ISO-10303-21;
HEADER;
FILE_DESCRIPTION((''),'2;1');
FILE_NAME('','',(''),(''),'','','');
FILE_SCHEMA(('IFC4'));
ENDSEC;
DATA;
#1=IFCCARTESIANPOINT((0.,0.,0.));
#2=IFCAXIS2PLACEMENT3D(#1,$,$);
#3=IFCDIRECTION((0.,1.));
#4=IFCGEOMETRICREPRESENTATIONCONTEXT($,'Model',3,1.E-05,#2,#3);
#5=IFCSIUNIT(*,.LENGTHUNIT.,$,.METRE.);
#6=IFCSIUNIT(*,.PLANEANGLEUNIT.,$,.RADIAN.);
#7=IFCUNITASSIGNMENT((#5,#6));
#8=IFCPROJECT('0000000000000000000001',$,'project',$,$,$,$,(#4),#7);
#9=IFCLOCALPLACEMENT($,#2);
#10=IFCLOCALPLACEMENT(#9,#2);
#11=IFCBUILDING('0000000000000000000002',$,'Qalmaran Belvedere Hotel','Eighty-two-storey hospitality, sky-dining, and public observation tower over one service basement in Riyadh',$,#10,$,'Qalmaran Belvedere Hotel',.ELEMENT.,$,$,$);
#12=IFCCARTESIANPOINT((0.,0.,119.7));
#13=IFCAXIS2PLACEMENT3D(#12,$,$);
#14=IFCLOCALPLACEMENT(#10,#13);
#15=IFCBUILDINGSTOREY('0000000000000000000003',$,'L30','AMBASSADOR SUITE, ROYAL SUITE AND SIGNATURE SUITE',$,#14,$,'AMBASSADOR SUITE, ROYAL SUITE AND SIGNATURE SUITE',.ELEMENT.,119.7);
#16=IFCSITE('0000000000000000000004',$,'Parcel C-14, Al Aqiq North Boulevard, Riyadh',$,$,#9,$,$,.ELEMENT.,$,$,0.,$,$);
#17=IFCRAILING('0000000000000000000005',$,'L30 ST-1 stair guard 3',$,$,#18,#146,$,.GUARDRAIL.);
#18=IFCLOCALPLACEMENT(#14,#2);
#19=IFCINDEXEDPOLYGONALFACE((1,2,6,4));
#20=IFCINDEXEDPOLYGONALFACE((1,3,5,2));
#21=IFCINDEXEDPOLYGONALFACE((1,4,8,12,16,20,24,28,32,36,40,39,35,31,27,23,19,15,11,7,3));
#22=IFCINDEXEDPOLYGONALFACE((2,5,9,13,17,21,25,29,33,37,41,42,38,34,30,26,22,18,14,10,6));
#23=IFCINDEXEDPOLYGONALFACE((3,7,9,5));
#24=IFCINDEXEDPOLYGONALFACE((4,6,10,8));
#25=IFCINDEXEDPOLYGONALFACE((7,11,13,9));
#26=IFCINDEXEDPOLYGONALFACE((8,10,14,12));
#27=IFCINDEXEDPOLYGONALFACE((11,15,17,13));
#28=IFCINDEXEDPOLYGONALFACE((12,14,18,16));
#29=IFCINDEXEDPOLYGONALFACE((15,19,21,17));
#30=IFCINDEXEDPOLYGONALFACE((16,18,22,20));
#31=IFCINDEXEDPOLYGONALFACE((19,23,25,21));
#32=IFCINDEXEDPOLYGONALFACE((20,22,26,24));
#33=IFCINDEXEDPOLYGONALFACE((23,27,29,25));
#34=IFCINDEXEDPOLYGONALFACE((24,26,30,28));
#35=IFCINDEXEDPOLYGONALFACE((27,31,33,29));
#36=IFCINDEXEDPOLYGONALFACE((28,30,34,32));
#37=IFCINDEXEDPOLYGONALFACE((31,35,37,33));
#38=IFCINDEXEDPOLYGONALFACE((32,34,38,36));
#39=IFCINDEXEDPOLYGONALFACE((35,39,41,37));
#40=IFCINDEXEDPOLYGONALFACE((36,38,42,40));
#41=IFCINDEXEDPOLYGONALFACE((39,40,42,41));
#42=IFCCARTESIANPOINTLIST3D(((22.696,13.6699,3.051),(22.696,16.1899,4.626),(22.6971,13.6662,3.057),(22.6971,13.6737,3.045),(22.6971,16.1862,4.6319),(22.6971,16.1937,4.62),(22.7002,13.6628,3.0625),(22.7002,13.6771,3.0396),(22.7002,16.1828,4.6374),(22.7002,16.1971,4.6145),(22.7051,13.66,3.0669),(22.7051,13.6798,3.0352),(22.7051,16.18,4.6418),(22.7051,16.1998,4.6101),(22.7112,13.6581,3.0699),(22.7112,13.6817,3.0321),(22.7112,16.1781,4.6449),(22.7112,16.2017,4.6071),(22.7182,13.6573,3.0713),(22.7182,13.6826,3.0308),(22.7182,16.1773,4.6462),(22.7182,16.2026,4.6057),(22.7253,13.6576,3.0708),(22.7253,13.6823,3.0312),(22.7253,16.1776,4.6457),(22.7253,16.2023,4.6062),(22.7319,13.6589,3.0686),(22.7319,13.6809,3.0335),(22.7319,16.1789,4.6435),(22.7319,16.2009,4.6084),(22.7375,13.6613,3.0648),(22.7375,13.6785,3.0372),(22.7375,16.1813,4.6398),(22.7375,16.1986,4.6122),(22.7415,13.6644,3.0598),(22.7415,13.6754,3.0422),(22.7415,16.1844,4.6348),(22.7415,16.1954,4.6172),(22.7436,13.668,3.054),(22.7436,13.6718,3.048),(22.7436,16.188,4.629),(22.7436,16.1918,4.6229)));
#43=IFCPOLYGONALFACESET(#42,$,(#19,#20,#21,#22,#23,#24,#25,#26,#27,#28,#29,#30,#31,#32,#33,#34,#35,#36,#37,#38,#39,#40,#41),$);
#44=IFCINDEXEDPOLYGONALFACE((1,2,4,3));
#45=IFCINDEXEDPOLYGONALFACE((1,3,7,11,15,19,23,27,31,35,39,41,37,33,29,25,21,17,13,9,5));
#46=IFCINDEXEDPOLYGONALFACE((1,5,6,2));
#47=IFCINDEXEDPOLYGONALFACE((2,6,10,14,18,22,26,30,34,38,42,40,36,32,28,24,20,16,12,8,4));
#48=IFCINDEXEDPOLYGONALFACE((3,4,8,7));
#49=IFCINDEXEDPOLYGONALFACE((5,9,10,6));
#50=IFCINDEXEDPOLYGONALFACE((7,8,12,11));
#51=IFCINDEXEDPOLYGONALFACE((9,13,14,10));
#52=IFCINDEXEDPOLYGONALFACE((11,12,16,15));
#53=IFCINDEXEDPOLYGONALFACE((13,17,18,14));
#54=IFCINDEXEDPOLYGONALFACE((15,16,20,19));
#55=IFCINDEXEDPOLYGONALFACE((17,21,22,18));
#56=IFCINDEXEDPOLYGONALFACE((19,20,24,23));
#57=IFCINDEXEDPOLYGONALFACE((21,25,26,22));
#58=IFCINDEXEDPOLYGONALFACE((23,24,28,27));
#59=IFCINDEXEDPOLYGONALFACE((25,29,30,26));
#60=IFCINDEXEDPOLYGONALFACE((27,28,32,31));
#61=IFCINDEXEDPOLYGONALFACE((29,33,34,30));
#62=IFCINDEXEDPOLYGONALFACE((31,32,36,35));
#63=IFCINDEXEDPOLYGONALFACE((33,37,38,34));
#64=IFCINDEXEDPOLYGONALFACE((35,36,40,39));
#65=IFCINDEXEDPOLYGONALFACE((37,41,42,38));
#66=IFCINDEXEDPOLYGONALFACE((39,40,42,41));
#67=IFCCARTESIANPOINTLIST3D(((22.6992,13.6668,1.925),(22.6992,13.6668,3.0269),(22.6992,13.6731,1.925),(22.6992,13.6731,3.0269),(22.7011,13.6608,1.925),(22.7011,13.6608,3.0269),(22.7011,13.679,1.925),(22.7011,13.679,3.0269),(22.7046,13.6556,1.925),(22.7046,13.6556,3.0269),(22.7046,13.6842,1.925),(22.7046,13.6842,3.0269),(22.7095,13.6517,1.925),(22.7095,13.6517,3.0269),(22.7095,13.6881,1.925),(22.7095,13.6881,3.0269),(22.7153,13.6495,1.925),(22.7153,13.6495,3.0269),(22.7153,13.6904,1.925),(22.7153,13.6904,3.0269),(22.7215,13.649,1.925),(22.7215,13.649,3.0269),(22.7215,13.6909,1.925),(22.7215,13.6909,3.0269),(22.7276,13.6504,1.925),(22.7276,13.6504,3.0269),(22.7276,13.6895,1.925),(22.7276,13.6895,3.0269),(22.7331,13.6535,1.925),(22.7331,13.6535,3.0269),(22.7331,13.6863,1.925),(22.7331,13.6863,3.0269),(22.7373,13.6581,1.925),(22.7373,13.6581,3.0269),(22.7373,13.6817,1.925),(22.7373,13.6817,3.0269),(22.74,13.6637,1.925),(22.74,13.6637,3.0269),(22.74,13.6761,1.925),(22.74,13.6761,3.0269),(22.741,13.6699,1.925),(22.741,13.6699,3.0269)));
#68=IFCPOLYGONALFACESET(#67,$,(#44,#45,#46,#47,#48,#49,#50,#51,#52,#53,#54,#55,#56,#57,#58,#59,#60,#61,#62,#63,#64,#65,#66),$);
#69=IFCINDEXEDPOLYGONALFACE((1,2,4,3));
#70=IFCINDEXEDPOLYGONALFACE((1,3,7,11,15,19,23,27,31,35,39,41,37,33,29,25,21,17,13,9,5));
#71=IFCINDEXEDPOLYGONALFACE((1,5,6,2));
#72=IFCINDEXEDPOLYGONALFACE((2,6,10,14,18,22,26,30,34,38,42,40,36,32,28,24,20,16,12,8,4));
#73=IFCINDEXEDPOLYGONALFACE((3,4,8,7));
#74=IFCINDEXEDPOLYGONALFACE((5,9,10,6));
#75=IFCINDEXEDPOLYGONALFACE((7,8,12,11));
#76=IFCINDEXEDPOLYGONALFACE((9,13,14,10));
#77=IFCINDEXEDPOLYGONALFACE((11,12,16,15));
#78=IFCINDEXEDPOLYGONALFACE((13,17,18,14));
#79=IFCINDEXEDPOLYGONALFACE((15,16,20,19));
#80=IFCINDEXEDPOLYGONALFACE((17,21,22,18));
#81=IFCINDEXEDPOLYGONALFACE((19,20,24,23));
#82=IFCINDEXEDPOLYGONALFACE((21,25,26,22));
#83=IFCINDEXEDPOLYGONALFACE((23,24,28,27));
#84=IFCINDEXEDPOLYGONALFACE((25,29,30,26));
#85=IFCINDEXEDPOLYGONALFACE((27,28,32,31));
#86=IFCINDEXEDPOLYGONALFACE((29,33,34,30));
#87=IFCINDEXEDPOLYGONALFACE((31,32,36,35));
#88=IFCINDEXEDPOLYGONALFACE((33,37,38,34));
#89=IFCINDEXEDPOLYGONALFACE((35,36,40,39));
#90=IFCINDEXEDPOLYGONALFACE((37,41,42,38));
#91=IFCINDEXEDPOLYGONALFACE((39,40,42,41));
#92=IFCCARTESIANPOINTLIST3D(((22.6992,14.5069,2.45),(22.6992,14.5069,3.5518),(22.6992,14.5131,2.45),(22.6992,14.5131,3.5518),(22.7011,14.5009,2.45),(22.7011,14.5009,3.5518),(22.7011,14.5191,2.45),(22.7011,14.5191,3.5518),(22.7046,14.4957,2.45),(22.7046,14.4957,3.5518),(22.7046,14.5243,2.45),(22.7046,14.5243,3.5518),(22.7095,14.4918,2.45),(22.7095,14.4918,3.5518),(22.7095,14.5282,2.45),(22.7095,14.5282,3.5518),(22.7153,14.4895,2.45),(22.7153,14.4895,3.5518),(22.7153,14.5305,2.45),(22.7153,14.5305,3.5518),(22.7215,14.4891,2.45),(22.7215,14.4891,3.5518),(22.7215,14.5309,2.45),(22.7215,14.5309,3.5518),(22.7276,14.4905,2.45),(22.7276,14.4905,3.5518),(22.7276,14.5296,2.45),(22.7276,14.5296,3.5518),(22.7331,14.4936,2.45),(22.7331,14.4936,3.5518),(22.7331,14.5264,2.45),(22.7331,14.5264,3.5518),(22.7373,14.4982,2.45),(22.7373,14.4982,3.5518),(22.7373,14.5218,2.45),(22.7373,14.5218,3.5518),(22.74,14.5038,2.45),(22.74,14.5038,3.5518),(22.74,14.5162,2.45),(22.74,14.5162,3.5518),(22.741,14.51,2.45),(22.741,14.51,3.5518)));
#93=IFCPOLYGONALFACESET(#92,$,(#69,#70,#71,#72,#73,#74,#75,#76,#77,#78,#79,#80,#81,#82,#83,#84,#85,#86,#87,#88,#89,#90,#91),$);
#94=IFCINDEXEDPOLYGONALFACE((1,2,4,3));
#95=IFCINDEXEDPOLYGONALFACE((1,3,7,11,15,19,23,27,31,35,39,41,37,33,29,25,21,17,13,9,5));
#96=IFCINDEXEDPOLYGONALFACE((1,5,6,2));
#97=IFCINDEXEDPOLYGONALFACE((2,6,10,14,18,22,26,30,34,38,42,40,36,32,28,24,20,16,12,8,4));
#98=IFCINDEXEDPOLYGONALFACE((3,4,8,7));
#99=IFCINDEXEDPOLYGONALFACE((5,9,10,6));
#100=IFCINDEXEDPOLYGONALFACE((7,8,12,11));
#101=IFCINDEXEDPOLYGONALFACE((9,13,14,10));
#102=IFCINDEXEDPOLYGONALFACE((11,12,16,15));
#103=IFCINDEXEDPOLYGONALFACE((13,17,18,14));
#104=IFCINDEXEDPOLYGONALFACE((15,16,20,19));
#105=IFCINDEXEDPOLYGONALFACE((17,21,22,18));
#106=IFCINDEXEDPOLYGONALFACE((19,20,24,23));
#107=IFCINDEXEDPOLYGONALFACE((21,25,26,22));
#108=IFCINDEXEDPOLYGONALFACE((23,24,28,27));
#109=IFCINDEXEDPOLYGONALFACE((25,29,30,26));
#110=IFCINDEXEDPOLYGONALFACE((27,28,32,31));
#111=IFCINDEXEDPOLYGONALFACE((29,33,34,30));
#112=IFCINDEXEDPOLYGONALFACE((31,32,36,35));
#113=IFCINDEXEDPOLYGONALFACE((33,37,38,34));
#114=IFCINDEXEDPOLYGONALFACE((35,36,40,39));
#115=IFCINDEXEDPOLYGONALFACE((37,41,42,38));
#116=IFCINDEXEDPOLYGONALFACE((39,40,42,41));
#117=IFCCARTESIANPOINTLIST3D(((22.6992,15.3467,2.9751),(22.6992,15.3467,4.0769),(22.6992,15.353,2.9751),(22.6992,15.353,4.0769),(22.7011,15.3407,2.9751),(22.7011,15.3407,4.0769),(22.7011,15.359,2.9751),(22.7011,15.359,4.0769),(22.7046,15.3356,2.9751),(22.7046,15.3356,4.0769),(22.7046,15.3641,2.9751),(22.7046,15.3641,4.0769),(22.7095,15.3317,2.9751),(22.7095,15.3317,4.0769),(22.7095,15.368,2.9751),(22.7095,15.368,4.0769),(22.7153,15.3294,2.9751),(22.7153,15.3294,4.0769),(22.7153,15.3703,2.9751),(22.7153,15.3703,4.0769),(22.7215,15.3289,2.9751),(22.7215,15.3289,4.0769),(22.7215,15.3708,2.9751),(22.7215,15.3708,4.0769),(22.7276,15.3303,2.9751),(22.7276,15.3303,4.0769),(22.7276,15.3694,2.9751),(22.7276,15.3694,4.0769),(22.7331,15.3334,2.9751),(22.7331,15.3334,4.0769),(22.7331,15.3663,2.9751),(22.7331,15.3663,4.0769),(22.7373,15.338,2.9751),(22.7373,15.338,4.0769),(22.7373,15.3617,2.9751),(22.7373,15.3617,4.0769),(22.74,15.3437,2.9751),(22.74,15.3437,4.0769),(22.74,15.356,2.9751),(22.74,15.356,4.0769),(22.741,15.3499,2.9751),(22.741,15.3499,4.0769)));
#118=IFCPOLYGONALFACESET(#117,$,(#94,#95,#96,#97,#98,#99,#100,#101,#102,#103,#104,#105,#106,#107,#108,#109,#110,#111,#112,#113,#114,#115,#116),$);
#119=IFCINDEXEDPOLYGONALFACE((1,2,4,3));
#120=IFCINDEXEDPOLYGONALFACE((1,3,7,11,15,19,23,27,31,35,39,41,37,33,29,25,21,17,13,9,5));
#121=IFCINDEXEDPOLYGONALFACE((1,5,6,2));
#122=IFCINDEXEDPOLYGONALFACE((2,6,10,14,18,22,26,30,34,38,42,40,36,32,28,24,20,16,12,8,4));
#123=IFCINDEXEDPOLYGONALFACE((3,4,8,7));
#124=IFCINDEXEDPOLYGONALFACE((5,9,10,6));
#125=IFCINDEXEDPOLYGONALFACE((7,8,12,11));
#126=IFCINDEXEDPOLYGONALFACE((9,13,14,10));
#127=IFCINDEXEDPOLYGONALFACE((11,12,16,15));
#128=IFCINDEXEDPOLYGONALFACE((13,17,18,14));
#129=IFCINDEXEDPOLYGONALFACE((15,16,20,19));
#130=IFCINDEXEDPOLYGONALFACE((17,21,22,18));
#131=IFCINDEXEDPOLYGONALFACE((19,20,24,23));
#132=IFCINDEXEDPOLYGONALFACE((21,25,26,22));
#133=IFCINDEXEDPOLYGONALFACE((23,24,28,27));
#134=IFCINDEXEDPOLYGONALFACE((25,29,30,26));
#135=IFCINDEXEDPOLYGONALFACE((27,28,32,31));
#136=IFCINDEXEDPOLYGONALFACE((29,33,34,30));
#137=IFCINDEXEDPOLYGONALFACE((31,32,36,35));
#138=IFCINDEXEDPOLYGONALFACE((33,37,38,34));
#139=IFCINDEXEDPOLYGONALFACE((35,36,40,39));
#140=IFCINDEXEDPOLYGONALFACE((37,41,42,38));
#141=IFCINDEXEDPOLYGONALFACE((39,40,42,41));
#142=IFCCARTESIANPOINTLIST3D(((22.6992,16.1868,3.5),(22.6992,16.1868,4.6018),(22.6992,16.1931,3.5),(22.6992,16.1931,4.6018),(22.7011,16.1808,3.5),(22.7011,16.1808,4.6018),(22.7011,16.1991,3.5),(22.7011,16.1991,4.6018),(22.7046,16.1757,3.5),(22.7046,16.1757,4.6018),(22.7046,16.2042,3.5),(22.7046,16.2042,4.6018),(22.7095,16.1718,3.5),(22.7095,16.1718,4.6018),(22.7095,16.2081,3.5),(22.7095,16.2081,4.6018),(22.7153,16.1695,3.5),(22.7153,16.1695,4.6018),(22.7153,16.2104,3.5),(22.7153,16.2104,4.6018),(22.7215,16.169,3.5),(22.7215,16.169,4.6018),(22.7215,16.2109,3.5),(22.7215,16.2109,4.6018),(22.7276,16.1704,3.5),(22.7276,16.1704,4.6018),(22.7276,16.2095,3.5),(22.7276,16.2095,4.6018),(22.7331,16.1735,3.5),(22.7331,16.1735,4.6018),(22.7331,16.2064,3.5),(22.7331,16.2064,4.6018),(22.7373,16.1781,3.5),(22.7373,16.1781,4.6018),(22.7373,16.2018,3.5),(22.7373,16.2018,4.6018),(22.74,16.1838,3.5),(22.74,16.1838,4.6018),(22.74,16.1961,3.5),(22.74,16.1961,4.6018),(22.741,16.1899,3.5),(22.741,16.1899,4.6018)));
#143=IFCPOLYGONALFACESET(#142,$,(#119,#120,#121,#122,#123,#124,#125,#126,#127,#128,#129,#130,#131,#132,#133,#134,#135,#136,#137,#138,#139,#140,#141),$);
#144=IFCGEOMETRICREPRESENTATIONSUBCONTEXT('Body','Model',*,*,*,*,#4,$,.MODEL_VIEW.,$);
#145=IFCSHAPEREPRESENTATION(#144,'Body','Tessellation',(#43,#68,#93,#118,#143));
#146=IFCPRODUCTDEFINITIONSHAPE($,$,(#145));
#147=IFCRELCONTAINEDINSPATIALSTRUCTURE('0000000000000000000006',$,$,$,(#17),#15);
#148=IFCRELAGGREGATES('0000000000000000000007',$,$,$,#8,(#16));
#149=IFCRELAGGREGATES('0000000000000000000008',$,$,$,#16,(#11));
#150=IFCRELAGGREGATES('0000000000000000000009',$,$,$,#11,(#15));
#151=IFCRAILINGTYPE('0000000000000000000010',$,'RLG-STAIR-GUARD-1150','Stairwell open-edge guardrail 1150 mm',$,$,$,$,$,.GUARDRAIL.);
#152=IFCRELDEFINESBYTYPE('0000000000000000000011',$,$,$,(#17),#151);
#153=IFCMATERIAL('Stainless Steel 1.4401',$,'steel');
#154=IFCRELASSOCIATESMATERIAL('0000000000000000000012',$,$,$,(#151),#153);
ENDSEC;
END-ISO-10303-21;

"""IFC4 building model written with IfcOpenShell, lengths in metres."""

from ifc_helpers import new_model, si_unit, direction, frame, origin, origin_2d, place, context, subcontext, project, spatial, circle, extrude, material, type_object, element, save


model = new_model("IFC4")

# Units and contexts
model_context = context("Model", 3, precision=1e-05, world=origin(), true_north=direction((0.0, 1.0)))
body_context = subcontext(model_context, "Body", "Model", "MODEL_VIEW")
ifc_project = project(units=[si_unit("LENGTHUNIT", "METRE"), si_unit("PLANEANGLEUNIT", "RADIAN")], contexts=[model_context])

# Site, building, storey
site_placement = place(None, origin())
site = spatial("IfcSite", under=ifc_project, at=site_placement, Name="Parcel C-14, Al Aqiq North Boulevard, Riyadh", CompositionType="ELEMENT", RefElevation=0.0)
building_placement = place(site_placement, origin())
building = spatial("IfcBuilding", under=site, at=building_placement, Name="Qalmaran Belvedere Hotel", Description="Eighty-two-storey hospitality, sky-dining, and public observation tower over one service basement in Riyadh", LongName="Qalmaran Belvedere Hotel", CompositionType="ELEMENT")
storey_placement = place(building_placement, frame((0.0, 0.0, 119.7)))
storey = spatial("IfcBuildingStorey", under=building, at=storey_placement, Name="L30", Description="AMBASSADOR SUITE, ROYAL SUITE AND SIGNATURE SUITE", LongName="AMBASSADOR SUITE, ROYAL SUITE AND SIGNATURE SUITE", CompositionType="ELEMENT", Elevation=119.7)

# Shared definitions
ifc_material_1 = material(Name="Stainless Steel 1.4401", Category="steel")

# Railing
railing_type_1 = type_object("IfcRailingType", Name="RLG-STAIR-GUARD-1150", Description="Stairwell open-edge guardrail 1150 mm", PredefinedType="GUARDRAIL", material=ifc_material_1)
railing_1_placement = place(storey_placement, frame((22.72, 13.6699, 1.925)))
element("IfcRailing", 1, at=railing_1_placement, inside=storey, type_object=railing_type_1, Name="L30 ST-1 stair guard 3", PredefinedType="GUARDRAIL", context=body_context, shape_type="SweptSolid", body=[
    extrude(circle(Radius=0.0239, at=origin_2d()), frame((0.0, 0.0, 1.126), z_axis=(0.0, 0.848008, 0.529984), x_axis=(-1.0, 0.0, 0.0)), (0.0, 0.0, 1.0), 2.9717),
    extrude(circle(Radius=0.021, at=origin_2d()), origin(), (0.0, 0.0, 1.0), 1.1018),
    extrude(circle(Radius=0.021, at=origin_2d()), frame((0.0, 0.8401, 0.5249)), (0.0, 0.0, 1.0), 1.1018),
    extrude(circle(Radius=0.021, at=origin_2d()), frame((0.0, 1.6799, 1.05)), (0.0, 0.0, 1.0), 1.1018),
    extrude(circle(Radius=0.021, at=origin_2d()), frame((0.0, 2.52, 1.575)), (0.0, 0.0, 1.0), 1.1018),
])

save(model, "model.ifc")
